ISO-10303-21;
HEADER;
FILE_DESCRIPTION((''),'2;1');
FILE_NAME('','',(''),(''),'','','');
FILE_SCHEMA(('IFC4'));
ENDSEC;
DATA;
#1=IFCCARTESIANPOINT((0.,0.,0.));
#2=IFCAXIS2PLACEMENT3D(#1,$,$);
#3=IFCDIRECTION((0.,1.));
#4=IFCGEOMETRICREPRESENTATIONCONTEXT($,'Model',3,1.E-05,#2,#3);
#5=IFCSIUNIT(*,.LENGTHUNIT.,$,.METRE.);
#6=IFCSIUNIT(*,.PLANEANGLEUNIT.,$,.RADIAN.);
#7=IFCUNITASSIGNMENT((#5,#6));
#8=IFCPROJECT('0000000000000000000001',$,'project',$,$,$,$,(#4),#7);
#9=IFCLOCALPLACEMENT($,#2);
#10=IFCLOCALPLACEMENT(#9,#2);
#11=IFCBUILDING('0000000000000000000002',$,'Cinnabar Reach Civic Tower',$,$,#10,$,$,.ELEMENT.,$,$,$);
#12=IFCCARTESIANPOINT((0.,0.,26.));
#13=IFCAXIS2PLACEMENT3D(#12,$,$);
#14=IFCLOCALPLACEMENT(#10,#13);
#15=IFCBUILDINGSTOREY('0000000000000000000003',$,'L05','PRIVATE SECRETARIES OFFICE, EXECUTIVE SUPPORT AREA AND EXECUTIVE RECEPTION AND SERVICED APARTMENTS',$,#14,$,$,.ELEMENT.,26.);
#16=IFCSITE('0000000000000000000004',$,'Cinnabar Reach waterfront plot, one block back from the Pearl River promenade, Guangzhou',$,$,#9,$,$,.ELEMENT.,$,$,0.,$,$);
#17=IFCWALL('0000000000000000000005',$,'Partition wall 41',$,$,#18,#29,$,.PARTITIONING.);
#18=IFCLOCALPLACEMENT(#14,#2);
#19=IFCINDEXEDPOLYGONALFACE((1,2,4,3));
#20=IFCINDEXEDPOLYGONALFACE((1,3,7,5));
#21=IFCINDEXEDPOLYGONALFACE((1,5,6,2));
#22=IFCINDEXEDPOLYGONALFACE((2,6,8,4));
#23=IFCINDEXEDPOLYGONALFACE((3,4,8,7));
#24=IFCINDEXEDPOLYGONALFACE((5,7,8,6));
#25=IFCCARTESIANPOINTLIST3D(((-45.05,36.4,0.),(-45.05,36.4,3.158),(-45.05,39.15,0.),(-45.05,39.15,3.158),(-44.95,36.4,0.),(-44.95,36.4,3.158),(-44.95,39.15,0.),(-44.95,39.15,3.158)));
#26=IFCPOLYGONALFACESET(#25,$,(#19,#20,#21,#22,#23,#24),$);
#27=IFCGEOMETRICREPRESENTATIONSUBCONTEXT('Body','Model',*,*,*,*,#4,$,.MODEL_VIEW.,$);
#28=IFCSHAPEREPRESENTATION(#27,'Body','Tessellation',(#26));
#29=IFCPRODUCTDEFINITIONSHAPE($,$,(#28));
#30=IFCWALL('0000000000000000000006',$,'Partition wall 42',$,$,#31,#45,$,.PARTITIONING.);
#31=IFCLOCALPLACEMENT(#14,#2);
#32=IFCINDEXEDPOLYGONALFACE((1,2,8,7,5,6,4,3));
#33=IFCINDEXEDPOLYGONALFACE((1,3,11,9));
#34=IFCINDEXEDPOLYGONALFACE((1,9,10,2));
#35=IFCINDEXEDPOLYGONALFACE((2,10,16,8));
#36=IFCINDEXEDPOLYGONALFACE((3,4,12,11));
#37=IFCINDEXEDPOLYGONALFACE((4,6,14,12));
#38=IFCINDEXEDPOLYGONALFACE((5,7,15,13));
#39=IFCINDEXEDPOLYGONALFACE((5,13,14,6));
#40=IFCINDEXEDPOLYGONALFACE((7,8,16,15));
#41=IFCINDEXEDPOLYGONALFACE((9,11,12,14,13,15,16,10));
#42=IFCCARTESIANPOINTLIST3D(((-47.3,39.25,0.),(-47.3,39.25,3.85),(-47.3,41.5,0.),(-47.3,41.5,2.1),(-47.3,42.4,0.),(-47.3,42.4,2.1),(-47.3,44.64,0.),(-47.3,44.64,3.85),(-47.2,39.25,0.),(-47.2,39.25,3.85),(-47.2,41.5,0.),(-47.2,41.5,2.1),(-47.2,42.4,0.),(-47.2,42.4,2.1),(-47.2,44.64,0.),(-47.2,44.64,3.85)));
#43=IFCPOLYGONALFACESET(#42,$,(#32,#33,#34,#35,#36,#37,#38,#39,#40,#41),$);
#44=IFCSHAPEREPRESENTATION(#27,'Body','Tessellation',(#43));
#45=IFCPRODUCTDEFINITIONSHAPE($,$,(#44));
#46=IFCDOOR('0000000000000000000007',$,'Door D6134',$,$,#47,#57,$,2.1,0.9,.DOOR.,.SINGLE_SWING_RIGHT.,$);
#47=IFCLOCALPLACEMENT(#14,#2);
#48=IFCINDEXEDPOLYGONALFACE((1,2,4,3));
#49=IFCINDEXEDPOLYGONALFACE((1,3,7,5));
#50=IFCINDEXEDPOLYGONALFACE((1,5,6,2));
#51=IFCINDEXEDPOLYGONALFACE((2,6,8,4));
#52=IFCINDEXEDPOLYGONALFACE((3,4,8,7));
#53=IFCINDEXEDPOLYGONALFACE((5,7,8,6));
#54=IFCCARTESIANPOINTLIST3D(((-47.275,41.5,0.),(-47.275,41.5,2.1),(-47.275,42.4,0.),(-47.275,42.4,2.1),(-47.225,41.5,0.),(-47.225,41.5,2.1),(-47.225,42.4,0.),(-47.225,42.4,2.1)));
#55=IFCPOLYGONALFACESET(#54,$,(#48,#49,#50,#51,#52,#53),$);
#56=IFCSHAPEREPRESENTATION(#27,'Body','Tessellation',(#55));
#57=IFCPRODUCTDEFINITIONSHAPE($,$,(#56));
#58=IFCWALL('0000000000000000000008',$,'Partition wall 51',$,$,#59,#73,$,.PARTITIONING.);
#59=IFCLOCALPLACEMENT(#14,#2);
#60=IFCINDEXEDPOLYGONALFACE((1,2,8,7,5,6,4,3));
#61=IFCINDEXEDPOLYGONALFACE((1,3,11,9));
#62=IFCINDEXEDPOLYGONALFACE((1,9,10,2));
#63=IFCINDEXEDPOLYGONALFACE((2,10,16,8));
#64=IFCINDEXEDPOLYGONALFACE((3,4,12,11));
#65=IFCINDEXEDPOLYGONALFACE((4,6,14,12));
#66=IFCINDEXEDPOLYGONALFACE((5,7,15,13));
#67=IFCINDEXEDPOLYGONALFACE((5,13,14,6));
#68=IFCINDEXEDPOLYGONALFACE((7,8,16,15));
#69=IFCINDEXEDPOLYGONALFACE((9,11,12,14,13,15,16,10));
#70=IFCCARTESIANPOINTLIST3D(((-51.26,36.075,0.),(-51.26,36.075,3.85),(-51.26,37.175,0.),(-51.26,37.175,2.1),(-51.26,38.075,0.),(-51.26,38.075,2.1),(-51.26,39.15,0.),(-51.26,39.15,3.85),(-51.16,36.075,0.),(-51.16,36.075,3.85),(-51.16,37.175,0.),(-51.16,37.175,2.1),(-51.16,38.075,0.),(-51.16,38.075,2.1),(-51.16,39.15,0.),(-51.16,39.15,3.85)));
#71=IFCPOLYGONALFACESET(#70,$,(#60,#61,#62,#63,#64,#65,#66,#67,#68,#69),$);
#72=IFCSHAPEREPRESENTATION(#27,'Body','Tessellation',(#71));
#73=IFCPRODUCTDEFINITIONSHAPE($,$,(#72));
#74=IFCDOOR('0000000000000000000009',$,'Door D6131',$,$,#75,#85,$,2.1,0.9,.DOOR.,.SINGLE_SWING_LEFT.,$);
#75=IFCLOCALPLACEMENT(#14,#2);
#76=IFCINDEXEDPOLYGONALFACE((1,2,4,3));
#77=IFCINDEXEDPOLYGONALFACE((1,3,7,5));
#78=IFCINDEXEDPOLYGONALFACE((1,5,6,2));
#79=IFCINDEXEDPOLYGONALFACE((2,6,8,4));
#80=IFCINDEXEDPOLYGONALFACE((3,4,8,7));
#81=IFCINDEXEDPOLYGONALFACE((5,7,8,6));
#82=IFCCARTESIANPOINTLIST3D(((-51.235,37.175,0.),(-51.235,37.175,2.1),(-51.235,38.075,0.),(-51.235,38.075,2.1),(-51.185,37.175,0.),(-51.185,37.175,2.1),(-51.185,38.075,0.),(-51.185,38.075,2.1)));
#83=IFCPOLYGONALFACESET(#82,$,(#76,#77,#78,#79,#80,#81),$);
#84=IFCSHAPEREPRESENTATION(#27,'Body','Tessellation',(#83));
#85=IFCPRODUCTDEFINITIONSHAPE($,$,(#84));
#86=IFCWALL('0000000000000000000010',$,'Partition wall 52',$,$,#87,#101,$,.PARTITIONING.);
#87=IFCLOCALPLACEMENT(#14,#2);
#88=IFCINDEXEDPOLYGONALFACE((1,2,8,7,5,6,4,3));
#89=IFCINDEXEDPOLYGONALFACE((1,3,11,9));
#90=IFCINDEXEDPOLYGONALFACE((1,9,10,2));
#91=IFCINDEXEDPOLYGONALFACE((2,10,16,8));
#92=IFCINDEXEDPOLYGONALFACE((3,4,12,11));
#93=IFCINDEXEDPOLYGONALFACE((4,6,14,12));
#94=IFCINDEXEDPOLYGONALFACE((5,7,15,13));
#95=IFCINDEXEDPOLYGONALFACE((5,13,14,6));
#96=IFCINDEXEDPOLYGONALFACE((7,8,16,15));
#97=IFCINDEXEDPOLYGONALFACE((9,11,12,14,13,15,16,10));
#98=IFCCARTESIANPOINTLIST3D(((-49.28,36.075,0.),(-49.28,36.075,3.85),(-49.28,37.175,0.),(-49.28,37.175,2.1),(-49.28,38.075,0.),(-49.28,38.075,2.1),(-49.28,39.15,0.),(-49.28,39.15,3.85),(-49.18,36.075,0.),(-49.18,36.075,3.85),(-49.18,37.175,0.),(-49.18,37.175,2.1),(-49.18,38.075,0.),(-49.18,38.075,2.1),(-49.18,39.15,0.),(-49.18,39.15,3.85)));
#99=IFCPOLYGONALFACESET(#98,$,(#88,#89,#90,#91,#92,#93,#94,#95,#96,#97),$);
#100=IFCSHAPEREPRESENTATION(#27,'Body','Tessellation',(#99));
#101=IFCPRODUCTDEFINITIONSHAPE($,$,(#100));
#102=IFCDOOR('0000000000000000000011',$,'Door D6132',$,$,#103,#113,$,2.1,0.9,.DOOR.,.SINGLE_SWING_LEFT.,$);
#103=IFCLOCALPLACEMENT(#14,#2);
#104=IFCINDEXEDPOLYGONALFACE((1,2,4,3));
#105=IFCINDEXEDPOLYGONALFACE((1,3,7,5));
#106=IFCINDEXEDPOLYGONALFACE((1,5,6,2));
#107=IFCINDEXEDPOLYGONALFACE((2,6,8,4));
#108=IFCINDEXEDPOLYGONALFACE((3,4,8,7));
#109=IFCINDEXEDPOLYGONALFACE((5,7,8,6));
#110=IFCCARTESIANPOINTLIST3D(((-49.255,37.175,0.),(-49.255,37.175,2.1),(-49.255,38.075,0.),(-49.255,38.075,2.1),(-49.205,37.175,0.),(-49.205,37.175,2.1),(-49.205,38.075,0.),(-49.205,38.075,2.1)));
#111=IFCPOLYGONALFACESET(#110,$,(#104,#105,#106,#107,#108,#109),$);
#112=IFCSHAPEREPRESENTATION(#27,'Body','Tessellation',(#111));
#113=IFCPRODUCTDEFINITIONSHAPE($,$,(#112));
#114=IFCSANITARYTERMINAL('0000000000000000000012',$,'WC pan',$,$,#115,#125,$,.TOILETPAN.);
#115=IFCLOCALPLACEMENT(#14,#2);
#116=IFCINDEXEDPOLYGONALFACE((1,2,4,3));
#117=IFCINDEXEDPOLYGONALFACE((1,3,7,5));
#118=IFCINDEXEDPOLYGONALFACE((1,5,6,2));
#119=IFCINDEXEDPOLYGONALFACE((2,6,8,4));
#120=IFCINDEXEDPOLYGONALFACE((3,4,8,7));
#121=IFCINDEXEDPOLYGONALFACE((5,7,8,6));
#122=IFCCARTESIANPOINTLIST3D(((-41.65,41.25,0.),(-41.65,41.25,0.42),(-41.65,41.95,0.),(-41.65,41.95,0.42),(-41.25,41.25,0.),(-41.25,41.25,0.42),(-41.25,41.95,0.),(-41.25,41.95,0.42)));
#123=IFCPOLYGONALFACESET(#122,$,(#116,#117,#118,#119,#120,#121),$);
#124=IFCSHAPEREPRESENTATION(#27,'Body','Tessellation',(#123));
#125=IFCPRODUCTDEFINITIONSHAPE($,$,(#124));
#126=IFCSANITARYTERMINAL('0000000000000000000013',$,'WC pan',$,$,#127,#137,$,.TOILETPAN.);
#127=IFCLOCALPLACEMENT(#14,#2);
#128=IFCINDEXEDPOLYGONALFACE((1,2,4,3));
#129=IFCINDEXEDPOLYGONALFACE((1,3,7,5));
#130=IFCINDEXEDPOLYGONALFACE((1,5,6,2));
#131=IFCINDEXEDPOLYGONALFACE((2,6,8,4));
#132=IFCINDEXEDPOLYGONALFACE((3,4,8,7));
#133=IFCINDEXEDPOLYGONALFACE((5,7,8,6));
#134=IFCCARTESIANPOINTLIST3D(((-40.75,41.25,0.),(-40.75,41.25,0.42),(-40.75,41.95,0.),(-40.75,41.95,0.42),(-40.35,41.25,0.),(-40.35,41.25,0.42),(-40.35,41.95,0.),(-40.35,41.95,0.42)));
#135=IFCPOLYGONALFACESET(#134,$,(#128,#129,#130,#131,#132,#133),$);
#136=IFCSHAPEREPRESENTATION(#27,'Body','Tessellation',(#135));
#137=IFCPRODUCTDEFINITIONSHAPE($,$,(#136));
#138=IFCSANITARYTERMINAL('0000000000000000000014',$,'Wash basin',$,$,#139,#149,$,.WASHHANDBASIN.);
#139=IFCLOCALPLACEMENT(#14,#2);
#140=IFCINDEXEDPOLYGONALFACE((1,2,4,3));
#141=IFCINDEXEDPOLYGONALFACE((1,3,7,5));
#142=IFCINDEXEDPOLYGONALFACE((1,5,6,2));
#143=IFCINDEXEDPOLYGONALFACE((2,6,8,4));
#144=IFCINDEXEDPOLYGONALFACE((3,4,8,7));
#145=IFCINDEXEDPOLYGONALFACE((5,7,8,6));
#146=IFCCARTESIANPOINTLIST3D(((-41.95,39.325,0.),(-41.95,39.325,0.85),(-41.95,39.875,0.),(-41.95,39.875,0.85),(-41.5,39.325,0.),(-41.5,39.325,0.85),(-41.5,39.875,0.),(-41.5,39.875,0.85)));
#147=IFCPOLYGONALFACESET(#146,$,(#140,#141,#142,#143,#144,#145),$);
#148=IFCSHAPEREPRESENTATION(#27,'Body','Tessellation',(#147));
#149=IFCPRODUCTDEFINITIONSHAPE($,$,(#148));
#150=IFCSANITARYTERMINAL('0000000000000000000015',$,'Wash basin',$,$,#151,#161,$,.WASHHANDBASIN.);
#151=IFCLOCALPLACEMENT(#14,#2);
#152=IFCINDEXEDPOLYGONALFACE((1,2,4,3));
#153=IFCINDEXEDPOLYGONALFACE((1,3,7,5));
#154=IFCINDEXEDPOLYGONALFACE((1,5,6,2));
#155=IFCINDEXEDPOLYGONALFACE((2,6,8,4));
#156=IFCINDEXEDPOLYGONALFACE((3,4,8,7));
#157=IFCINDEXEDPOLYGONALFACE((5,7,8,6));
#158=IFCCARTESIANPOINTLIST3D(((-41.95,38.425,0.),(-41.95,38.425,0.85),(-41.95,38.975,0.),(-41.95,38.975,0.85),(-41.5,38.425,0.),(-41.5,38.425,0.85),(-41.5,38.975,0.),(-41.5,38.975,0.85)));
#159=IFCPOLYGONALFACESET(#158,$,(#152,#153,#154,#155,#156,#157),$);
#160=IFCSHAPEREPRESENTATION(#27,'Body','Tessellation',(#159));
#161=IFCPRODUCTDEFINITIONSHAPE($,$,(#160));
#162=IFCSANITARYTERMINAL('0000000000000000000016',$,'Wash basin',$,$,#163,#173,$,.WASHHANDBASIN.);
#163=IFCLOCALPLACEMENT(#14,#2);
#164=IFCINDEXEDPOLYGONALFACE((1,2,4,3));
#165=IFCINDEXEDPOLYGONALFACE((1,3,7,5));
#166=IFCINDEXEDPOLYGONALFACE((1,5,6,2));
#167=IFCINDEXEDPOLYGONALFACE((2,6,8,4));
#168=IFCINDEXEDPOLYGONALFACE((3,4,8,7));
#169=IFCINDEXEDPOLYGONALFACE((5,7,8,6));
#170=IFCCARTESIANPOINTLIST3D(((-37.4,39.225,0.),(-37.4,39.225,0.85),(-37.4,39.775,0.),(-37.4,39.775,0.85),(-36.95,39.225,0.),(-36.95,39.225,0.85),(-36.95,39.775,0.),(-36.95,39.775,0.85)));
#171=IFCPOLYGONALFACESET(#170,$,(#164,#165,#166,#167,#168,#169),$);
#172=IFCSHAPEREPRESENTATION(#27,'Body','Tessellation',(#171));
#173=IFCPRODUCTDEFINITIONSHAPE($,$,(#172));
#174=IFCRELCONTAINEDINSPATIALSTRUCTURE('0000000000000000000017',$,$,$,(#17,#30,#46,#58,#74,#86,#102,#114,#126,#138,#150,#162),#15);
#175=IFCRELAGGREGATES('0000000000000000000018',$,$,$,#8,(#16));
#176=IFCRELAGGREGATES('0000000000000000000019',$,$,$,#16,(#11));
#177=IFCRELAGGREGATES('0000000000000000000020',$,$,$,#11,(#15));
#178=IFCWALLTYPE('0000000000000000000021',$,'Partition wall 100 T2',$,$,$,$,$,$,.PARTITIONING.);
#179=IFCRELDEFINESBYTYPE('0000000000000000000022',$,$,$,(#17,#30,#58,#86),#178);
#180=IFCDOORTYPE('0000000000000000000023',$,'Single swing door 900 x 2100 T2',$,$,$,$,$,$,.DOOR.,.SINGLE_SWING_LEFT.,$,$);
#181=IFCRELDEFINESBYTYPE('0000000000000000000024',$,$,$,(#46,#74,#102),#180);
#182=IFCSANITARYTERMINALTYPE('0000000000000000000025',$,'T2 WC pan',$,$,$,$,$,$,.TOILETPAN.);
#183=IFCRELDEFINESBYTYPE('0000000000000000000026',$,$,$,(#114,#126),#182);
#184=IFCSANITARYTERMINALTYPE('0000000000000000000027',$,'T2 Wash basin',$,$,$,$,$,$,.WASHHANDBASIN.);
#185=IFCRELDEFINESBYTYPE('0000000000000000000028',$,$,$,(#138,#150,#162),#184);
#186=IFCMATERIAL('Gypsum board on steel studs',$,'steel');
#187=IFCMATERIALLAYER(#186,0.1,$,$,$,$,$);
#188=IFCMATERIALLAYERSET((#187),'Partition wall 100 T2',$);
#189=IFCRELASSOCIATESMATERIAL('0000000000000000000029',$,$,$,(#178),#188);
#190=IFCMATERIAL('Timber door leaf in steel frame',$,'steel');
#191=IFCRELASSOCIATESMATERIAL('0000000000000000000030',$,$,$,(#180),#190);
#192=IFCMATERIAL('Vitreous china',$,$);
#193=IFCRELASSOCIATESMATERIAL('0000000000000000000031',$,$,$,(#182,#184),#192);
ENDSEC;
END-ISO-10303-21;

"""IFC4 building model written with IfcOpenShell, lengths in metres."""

from ifc_helpers import new_model, si_unit, direction, frame, frame_2d, origin, origin_2d, place, context, subcontext, project, spatial, rectangle, extrude, material, layer, layer_set, type_object, element, fill, save


model = new_model("IFC4")

# Units and contexts
model_context = context("Model", 3, precision=1e-05, world=origin(), true_north=direction((0.0, 1.0)))
body_context = subcontext(model_context, "Body", "Model", "MODEL_VIEW")
ifc_project = project(units=[si_unit("LENGTHUNIT", "METRE"), si_unit("PLANEANGLEUNIT", "RADIAN")], contexts=[model_context])

# Site, building, storey
site_placement = place(None, origin())
site = spatial("IfcSite", under=ifc_project, at=site_placement, Name="Cinnabar Reach waterfront plot, one block back from the Pearl River promenade, Guangzhou", CompositionType="ELEMENT", RefElevation=0.0)
building_placement = place(site_placement, origin())
building = spatial("IfcBuilding", under=site, at=building_placement, Name="Cinnabar Reach Civic Tower", CompositionType="ELEMENT")
storey_placement = place(building_placement, frame((0.0, 0.0, 26.0)))
storey = spatial("IfcBuildingStorey", under=building, at=storey_placement, Name="L05", Description="PRIVATE SECRETARIES OFFICE, EXECUTIVE SUPPORT AREA AND EXECUTIVE RECEPTION AND SERVICED APARTMENTS", CompositionType="ELEMENT", Elevation=26.0)

# Wall
ifc_material_1 = material(Name="Gypsum board on steel studs", Category="steel")
ifc_layer_1 = layer(ifc_material_1, 0.1)
ifc_layer_set_1 = layer_set([ifc_layer_1], Name="Partition wall 100 T2")
wall_type_1 = type_object("IfcWallType", Name="Partition wall 100 T2", PredefinedType="PARTITIONING", material=ifc_layer_set_1)
wall_1_placement = place(storey_placement, frame((-45.0, 36.4, 0.0), z_axis=(0.0, 0.0, 1.0), x_axis=(0.0, 1.0, 0.0)))
element("IfcWall", 1, at=wall_1_placement, inside=storey, type_object=wall_type_1, Name="Partition wall 41", PredefinedType="PARTITIONING", context=body_context, shape_type="SweptSolid", body=[
    extrude(rectangle(XDim=2.75, YDim=0.1, at=frame_2d((1.375, 0.0))), origin(), (0.0, 0.0, 1.0), 3.158),
])

# Walls, openings, doors
wall_2_placement = place(storey_placement, frame((-47.25, 39.25, 0.0), z_axis=(0.0, 0.0, 1.0), x_axis=(0.0, 1.0, 0.0)))
wall_2 = element("IfcWall", 2, at=wall_2_placement, inside=storey, type_object=wall_type_1, Name="Partition wall 42", PredefinedType="PARTITIONING", context=body_context, shape_type="SweptSolid", body=[
    extrude(rectangle(XDim=5.39, YDim=0.1, at=frame_2d((2.695, 0.0))), origin(), (0.0, 0.0, 1.0), 3.85),
])
opening_1_placement = place(wall_2_placement, frame((2.25, 0.0, 0.0)))
opening_1 = element("IfcOpeningElement", 3, at=opening_1_placement, cuts=wall_2, PredefinedType="OPENING", context=body_context, shape_type="SweptSolid", body=[
    extrude(rectangle(XDim=0.9, YDim=2.1, at=frame_2d((0.45, 1.05))), frame((0.0, 0.06, 0.0), z_axis=(0.0, -1.0, 0.0), x_axis=(1.0, 0.0, 0.0)), (0.0, 0.0, 1.0), 0.12),
])
ifc_material_2 = material(Name="Timber door leaf in steel frame", Category="steel")
door_type_1 = type_object("IfcDoorType", Name="Single swing door 900 x 2100 T2", OperationType="SINGLE_SWING_LEFT", PredefinedType="DOOR", material=ifc_material_2)
door_1_placement = place(opening_1_placement, frame((0.9, 0.0, 0.0), z_axis=(0.0, 0.0, 1.0), x_axis=(-1.0, 0.0, 0.0)))
door_1 = element("IfcDoor", 4, at=door_1_placement, inside=storey, type_object=door_type_1, Name="Door D6134", OperationType="SINGLE_SWING_RIGHT", OverallHeight=2.1, OverallWidth=0.9, PredefinedType="DOOR", context=body_context, shape_type="SweptSolid", body=[
    extrude(rectangle(XDim=0.9, YDim=2.1, at=frame_2d((0.45, 1.05))), frame((0.0, 0.025, 0.0), z_axis=(0.0, -1.0, 0.0), x_axis=(1.0, 0.0, 0.0)), (0.0, 0.0, 1.0), 0.05),
])
fill(opening_1, door_1)
wall_3_placement = place(storey_placement, frame((-51.21, 36.075, 0.0), z_axis=(0.0, 0.0, 1.0), x_axis=(0.0, 1.0, 0.0)))
wall_3 = element("IfcWall", 5, at=wall_3_placement, inside=storey, type_object=wall_type_1, Name="Partition wall 51", PredefinedType="PARTITIONING", context=body_context, shape_type="SweptSolid", body=[
    extrude(rectangle(XDim=3.075, YDim=0.1, at=frame_2d((1.5375, 0.0))), origin(), (0.0, 0.0, 1.0), 3.85),
])
opening_2_placement = place(wall_3_placement, frame((1.1, 0.0, 0.0)))
opening_2 = element("IfcOpeningElement", 6, at=opening_2_placement, cuts=wall_3, PredefinedType="OPENING", context=body_context, shape_type="SweptSolid", body=[
    extrude(rectangle(XDim=0.9, YDim=2.1, at=frame_2d((0.45, 1.05))), frame((0.0, 0.06, 0.0), z_axis=(0.0, -1.0, 0.0), x_axis=(1.0, 0.0, 0.0)), (0.0, 0.0, 1.0), 0.12),
])
door_2_placement = place(opening_2_placement, origin())
door_2 = element("IfcDoor", 7, at=door_2_placement, inside=storey, type_object=door_type_1, Name="Door D6131", OperationType="SINGLE_SWING_LEFT", OverallHeight=2.1, OverallWidth=0.9, PredefinedType="DOOR", context=body_context, shape_type="SweptSolid", body=[
    extrude(rectangle(XDim=0.9, YDim=2.1, at=frame_2d((0.45, 1.05))), frame((0.0, 0.025, 0.0), z_axis=(0.0, -1.0, 0.0), x_axis=(1.0, 0.0, 0.0)), (0.0, 0.0, 1.0), 0.05),
])
fill(opening_2, door_2)
wall_4_placement = place(storey_placement, frame((-49.23, 36.075, 0.0), z_axis=(0.0, 0.0, 1.0), x_axis=(0.0, 1.0, 0.0)))
wall_4 = element("IfcWall", 8, at=wall_4_placement, inside=storey, type_object=wall_type_1, Name="Partition wall 52", PredefinedType="PARTITIONING", context=body_context, shape_type="SweptSolid", body=[
    extrude(rectangle(XDim=3.075, YDim=0.1, at=frame_2d((1.5375, 0.0))), origin(), (0.0, 0.0, 1.0), 3.85),
])
opening_3_placement = place(wall_4_placement, frame((1.1, 0.0, 0.0)))
opening_3 = element("IfcOpeningElement", 9, at=opening_3_placement, cuts=wall_4, PredefinedType="OPENING", context=body_context, shape_type="SweptSolid", body=[
    extrude(rectangle(XDim=0.9, YDim=2.1, at=frame_2d((0.45, 1.05))), frame((0.0, 0.06, 0.0), z_axis=(0.0, -1.0, 0.0), x_axis=(1.0, 0.0, 0.0)), (0.0, 0.0, 1.0), 0.12),
])
door_3_placement = place(opening_3_placement, origin())
door_3 = element("IfcDoor", 10, at=door_3_placement, inside=storey, type_object=door_type_1, Name="Door D6132", OperationType="SINGLE_SWING_LEFT", OverallHeight=2.1, OverallWidth=0.9, PredefinedType="DOOR", context=body_context, shape_type="SweptSolid", body=[
    extrude(rectangle(XDim=0.9, YDim=2.1, at=frame_2d((0.45, 1.05))), frame((0.0, 0.025, 0.0), z_axis=(0.0, -1.0, 0.0), x_axis=(1.0, 0.0, 0.0)), (0.0, 0.0, 1.0), 0.05),
])
fill(opening_3, door_3)

# Sanitary terminals
ifc_material_3 = material(Name="Vitreous china")
sanitary_terminal_type_1 = type_object("IfcSanitaryTerminalType", Name="T2 WC pan", PredefinedType="TOILETPAN", material=ifc_material_3)
for number, where, z_axis, x_axis, name in (
    (11, (-41.45, 41.6, 0.0), (0.0, 0.0, 1.0), (1.0, 0.0, 0.0), "WC pan"),
    (12, (-40.55, 41.6, 0.0), (0.0, 0.0, 1.0), (1.0, 0.0, 0.0), "WC pan"),
):
    element("IfcSanitaryTerminal", number, at=place(storey_placement, frame(where, z_axis=z_axis, x_axis=x_axis)), inside=storey, type_object=sanitary_terminal_type_1, Name=name, PredefinedType="TOILETPAN", context=body_context, shape_type="SweptSolid", body=[
        extrude(rectangle(XDim=0.4, YDim=0.7, at=origin_2d()), origin(), (0.0, 0.0, 1.0), 0.42),
    ])
sanitary_terminal_type_2 = type_object("IfcSanitaryTerminalType", Name="T2 Wash basin", PredefinedType="WASHHANDBASIN", material=ifc_material_3)
for number, where, z_axis, x_axis, name in (
    (13, (-41.725, 39.6, 0.0), (0.0, 0.0, 1.0), (1.0, 0.0, 0.0), "Wash basin"),
    (14, (-41.725, 38.7, 0.0), (0.0, 0.0, 1.0), (1.0, 0.0, 0.0), "Wash basin"),
    (15, (-37.175, 39.5, 0.0), (0.0, 0.0, 1.0), (1.0, 0.0, 0.0), "Wash basin"),
):
    element("IfcSanitaryTerminal", number, at=place(storey_placement, frame(where, z_axis=z_axis, x_axis=x_axis)), inside=storey, type_object=sanitary_terminal_type_2, Name=name, PredefinedType="WASHHANDBASIN", context=body_context, shape_type="SweptSolid", body=[
        extrude(rectangle(XDim=0.45, YDim=0.55, at=origin_2d()), origin(), (0.0, 0.0, 1.0), 0.85),
    ])

save(model, "model.ifc")
